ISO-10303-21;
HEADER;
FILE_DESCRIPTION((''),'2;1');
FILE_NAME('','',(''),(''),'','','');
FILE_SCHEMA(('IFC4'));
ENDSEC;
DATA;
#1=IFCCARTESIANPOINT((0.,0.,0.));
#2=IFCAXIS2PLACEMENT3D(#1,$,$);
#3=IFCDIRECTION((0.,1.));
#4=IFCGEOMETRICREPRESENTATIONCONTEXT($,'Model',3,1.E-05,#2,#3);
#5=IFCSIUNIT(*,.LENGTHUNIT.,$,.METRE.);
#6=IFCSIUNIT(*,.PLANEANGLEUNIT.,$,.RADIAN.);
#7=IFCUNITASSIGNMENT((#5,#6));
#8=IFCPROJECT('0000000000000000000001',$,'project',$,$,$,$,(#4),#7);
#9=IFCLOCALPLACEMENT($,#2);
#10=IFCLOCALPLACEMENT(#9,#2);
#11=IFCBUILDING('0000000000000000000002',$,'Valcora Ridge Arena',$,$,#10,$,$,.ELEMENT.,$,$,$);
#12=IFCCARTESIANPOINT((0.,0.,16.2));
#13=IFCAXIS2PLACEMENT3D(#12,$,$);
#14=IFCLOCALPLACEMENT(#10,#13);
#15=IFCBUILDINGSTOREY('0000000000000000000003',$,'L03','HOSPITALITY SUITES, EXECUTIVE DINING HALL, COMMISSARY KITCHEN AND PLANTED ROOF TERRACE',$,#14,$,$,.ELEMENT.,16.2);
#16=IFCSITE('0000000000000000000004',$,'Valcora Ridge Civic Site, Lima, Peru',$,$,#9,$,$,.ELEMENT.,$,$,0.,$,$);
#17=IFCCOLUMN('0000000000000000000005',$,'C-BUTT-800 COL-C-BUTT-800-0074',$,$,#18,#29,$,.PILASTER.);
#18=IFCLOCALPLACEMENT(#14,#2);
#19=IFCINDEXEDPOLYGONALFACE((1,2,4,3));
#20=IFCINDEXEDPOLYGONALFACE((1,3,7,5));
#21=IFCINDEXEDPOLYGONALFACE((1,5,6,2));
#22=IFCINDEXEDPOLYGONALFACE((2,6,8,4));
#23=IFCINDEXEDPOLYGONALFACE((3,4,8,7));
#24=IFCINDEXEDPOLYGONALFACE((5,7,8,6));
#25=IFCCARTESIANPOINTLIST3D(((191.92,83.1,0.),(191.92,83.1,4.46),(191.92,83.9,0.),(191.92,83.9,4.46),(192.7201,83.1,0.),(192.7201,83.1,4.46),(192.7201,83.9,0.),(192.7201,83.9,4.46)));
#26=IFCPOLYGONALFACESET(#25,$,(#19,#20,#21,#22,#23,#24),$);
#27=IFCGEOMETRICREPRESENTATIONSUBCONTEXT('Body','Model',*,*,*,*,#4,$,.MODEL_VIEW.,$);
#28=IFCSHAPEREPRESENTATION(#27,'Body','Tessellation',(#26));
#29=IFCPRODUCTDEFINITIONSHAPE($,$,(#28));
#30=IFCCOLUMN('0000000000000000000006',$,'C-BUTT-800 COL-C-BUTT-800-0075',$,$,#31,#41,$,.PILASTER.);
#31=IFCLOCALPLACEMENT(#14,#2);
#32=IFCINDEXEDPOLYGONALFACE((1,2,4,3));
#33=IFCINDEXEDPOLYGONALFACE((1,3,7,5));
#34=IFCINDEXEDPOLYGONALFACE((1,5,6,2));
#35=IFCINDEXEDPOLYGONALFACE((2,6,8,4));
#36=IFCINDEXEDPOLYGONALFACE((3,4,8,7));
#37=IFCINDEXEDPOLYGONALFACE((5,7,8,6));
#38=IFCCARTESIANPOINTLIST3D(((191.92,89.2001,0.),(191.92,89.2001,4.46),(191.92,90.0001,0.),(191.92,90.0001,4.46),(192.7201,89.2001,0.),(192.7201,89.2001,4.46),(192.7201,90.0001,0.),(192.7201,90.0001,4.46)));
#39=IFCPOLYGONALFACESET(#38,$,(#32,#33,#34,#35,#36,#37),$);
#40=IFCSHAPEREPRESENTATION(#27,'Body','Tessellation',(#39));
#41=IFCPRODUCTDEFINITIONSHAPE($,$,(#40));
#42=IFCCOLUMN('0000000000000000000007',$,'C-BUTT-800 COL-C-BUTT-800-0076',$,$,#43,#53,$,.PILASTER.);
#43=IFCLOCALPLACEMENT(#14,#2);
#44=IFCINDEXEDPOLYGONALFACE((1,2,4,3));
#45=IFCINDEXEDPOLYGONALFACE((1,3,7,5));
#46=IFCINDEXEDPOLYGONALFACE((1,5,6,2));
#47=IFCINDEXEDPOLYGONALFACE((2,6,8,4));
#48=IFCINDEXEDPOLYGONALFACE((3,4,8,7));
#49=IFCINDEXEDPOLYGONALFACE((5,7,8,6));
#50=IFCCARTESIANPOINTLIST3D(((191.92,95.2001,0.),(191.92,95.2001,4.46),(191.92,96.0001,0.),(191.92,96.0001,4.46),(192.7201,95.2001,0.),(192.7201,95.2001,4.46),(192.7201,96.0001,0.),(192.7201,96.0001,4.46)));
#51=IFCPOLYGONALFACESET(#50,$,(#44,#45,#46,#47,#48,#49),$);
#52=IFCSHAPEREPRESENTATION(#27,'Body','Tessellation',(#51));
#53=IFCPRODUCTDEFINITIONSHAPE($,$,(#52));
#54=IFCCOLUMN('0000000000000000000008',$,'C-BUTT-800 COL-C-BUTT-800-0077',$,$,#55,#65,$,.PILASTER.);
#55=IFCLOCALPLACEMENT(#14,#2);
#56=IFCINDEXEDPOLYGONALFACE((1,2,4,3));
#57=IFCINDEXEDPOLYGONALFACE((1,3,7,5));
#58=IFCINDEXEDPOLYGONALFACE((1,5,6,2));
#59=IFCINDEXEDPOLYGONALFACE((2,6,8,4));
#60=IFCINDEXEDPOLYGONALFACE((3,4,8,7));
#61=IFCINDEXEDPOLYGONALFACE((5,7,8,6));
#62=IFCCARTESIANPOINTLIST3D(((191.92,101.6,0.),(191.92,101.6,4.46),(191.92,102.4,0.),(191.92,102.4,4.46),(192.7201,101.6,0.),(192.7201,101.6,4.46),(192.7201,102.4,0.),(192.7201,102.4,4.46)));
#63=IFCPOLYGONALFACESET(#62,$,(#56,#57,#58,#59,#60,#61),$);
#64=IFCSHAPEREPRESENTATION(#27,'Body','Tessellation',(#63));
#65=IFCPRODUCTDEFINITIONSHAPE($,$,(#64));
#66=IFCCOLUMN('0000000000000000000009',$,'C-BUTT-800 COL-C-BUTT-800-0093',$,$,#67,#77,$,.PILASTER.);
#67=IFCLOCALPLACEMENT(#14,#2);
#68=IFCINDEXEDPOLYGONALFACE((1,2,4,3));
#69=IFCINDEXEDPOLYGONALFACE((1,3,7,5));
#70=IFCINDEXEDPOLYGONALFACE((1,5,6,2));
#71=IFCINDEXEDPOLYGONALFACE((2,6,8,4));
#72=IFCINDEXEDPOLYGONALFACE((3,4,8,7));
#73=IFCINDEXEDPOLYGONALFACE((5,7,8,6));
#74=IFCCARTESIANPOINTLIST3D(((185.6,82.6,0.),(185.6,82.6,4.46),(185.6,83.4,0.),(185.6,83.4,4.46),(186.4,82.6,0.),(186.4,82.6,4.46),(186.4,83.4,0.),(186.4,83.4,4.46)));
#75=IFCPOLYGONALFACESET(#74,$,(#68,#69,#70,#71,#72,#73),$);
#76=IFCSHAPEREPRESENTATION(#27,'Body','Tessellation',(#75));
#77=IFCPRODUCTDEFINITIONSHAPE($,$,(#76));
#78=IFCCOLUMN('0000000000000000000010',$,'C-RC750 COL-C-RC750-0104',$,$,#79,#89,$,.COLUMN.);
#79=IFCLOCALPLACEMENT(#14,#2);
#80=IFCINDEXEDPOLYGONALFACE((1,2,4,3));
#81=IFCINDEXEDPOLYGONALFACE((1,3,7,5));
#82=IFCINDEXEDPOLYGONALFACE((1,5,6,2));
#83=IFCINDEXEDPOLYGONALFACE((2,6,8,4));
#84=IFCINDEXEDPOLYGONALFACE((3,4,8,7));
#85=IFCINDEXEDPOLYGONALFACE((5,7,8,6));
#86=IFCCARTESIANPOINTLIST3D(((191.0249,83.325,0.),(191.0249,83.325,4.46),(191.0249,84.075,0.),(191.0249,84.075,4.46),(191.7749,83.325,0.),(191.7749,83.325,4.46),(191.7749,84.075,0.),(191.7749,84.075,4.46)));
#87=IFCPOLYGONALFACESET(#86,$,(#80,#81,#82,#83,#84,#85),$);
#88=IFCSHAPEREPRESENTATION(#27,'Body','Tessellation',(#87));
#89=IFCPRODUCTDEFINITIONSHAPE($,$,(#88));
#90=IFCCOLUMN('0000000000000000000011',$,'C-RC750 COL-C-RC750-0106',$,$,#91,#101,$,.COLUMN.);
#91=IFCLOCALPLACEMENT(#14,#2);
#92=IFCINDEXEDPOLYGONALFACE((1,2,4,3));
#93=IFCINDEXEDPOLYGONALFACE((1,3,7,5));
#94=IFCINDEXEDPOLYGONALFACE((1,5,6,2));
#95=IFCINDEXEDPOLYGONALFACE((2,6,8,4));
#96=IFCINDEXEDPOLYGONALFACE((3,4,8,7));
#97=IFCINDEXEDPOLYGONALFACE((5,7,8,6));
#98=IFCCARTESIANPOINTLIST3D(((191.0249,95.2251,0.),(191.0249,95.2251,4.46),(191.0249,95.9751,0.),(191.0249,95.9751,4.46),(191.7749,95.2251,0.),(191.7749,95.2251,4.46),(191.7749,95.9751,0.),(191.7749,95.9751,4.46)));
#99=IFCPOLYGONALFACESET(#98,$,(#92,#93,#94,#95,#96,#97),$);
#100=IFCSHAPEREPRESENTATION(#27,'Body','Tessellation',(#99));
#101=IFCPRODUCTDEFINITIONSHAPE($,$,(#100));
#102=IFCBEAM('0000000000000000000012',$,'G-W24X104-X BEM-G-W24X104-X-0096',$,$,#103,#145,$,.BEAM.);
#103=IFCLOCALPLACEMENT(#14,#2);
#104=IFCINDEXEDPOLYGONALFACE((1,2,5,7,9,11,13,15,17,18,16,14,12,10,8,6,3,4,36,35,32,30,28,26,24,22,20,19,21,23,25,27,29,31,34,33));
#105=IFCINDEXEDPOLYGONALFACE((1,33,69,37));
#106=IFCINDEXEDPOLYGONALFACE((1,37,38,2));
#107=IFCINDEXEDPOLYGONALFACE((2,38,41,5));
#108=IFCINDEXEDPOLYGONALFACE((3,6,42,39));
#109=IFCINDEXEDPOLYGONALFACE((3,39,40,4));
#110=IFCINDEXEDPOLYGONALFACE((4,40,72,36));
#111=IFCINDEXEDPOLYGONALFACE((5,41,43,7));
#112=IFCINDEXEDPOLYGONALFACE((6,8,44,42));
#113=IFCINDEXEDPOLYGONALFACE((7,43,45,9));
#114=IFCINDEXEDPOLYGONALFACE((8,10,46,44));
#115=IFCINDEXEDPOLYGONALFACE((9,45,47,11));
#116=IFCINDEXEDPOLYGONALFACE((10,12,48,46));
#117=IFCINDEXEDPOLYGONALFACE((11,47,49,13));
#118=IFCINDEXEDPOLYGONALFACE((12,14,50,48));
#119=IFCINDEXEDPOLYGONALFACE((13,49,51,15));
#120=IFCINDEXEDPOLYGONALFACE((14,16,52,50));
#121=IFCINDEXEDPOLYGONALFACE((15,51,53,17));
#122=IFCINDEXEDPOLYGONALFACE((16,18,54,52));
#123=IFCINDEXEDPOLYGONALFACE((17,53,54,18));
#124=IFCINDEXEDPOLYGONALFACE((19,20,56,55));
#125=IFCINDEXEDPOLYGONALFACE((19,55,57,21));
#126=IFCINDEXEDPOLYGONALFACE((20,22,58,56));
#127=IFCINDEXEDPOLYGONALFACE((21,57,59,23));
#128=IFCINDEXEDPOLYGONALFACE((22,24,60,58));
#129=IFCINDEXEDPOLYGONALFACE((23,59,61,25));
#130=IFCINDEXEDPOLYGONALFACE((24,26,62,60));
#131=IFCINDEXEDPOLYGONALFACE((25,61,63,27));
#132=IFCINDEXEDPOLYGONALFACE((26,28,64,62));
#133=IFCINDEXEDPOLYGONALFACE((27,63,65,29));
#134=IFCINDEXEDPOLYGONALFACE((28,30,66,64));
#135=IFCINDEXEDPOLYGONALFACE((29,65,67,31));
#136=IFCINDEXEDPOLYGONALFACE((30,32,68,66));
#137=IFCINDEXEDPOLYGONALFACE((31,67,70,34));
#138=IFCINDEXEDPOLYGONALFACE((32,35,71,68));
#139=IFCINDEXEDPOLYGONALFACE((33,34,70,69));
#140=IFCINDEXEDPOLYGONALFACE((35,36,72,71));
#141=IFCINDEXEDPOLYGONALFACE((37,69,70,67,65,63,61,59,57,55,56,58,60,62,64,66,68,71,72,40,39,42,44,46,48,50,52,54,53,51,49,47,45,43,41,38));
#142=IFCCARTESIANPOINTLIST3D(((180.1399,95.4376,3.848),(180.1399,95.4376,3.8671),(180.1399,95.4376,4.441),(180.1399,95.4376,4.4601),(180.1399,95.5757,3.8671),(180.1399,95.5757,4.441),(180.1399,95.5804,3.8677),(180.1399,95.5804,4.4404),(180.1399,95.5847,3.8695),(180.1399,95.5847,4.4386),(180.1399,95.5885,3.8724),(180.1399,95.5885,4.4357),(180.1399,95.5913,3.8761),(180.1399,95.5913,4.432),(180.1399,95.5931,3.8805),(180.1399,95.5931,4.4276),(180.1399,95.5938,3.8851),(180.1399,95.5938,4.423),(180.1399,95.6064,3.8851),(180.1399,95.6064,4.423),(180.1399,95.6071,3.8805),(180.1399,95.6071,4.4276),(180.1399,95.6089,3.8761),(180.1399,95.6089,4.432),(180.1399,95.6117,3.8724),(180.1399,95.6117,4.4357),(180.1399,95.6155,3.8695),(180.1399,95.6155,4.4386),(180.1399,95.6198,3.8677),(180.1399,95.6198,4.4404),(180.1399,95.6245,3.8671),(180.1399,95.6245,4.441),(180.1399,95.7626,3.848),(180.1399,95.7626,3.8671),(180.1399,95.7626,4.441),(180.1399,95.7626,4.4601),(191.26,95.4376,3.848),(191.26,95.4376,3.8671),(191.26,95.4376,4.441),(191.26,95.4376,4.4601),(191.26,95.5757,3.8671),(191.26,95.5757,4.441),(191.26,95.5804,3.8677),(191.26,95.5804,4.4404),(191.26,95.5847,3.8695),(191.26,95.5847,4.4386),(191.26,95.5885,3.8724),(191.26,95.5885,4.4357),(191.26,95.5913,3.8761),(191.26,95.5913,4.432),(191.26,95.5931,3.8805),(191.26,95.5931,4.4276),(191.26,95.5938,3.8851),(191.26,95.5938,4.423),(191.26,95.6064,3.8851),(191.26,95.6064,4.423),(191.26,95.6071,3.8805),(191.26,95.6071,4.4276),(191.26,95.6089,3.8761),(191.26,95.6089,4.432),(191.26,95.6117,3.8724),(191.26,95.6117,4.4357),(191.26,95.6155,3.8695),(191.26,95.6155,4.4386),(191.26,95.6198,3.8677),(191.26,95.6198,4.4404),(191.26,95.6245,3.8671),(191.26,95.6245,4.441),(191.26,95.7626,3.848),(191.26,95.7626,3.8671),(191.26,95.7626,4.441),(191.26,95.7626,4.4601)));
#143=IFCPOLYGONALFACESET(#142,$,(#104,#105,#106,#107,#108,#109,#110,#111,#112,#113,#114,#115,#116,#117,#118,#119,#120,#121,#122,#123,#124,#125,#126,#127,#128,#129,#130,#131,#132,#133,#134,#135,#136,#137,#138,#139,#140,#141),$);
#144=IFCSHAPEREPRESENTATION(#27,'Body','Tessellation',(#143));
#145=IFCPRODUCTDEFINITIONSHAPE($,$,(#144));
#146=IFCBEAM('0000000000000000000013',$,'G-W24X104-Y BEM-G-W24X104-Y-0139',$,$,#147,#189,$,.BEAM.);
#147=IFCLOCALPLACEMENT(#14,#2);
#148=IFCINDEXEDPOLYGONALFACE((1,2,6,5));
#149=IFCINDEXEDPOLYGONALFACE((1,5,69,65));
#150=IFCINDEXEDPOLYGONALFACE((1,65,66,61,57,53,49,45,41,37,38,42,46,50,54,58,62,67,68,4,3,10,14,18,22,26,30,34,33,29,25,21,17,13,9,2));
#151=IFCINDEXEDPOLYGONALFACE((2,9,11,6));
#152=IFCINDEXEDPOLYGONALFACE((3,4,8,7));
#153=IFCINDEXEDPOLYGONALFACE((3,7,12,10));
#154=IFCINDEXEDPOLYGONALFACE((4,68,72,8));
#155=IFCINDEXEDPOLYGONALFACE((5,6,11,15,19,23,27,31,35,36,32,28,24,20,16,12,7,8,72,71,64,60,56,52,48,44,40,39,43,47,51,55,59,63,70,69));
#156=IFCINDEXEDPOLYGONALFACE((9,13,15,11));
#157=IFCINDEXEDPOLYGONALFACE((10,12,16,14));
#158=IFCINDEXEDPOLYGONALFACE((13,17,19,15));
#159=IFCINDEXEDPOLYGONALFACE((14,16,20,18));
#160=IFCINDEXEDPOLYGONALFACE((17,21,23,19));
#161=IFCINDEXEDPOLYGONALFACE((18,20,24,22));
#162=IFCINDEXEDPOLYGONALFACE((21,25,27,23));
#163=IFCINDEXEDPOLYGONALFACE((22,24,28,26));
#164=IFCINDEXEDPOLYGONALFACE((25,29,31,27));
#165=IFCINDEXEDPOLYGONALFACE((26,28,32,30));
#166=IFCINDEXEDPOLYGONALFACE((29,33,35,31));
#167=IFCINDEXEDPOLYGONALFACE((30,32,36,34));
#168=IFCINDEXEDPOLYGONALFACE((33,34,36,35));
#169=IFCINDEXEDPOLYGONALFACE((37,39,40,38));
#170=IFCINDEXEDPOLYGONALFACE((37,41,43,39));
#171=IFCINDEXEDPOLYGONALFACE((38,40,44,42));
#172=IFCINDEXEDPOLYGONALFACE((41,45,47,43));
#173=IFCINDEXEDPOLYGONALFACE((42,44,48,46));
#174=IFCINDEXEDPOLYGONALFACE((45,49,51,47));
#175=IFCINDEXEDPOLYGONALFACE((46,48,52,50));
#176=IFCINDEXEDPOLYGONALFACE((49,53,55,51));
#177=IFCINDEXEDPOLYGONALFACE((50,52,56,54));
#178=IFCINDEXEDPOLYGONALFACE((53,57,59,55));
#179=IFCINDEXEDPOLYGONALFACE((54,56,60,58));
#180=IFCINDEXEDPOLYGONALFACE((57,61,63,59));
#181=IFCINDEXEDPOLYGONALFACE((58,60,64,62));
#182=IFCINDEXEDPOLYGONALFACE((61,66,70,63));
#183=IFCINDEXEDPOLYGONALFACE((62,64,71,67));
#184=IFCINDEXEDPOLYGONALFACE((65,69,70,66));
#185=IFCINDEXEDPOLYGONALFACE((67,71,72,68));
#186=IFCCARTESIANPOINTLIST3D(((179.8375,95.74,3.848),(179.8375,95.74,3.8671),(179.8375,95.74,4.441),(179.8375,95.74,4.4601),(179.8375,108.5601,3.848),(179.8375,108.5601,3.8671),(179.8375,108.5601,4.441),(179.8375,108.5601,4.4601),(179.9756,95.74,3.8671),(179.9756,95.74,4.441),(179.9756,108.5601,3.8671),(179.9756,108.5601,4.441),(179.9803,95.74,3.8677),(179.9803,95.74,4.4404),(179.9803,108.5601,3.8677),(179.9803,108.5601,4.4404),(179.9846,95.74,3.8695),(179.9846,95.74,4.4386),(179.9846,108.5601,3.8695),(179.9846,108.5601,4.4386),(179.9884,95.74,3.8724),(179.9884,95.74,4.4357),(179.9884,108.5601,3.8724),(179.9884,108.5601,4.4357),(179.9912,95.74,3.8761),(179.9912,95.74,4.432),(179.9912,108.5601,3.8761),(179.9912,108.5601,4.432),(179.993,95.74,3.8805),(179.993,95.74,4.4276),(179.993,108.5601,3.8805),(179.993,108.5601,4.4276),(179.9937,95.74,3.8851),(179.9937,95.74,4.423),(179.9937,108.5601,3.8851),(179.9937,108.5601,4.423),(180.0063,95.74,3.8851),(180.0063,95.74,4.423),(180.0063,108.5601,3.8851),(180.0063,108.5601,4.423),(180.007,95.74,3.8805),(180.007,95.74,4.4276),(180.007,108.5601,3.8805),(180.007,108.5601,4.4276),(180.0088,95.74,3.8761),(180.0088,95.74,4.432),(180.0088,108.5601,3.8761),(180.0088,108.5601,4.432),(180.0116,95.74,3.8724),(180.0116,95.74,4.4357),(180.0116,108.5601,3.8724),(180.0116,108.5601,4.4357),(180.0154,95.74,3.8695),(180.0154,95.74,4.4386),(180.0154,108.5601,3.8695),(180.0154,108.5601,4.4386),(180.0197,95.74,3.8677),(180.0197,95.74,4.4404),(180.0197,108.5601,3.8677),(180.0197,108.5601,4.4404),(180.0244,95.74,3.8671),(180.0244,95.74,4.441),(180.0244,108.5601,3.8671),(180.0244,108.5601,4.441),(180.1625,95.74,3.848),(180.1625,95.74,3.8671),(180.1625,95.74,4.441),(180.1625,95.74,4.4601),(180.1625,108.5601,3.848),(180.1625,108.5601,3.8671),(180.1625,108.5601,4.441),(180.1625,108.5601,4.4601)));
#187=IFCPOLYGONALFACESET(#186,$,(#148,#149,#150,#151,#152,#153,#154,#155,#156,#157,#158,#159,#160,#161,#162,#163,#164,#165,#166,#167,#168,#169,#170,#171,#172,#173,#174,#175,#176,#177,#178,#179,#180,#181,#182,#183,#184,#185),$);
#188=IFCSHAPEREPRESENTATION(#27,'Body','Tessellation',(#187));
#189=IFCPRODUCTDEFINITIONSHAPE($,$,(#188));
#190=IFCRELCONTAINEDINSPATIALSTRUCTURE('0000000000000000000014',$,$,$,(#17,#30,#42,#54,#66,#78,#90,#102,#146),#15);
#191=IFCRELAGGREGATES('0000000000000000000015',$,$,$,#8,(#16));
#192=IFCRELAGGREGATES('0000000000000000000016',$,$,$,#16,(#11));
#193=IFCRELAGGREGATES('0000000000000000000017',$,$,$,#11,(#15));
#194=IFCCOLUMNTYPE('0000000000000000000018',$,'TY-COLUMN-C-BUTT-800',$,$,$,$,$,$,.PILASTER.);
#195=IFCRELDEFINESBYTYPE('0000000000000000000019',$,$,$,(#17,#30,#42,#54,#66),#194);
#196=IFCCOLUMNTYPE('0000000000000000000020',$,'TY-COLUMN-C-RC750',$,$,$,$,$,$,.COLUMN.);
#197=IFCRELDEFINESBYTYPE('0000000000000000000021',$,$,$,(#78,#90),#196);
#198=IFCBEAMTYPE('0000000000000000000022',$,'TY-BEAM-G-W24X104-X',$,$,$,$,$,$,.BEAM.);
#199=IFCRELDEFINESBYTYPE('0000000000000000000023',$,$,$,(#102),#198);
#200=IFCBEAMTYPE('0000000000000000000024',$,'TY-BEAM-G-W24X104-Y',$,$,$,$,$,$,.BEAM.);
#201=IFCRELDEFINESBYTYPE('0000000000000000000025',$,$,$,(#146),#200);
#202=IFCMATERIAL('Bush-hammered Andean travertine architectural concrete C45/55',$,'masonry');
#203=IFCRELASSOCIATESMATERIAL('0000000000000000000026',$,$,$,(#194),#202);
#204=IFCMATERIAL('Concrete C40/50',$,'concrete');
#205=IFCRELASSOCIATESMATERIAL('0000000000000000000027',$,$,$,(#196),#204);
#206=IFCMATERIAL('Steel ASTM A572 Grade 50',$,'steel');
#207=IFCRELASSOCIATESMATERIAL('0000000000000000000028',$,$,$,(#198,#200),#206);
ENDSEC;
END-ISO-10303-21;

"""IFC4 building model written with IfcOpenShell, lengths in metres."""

from ifc_helpers import new_model, si_unit, direction, frame, origin, origin_2d, place, context, subcontext, project, spatial, rectangle, i_section, extrude, material, material_profile, profile_set, type_object, element, save


model = new_model("IFC4")

# Units and contexts
model_context = context("Model", 3, precision=1e-05, world=origin(), true_north=direction((0.0, 1.0)))
body_context = subcontext(model_context, "Body", "Model", "MODEL_VIEW")
ifc_project = project(units=[si_unit("LENGTHUNIT", "METRE"), si_unit("PLANEANGLEUNIT", "RADIAN")], contexts=[model_context])

# Site, building, storey
site_placement = place(None, origin())
site = spatial("IfcSite", under=ifc_project, at=site_placement, Name="Valcora Ridge Civic Site, Lima, Peru", CompositionType="ELEMENT", RefElevation=0.0)
building_placement = place(site_placement, origin())
building = spatial("IfcBuilding", under=site, at=building_placement, Name="Valcora Ridge Arena", CompositionType="ELEMENT")
storey_placement = place(building_placement, frame((0.0, 0.0, 16.2)))
storey = spatial("IfcBuildingStorey", under=building, at=storey_placement, Name="L03", Description="HOSPITALITY SUITES, EXECUTIVE DINING HALL, COMMISSARY KITCHEN AND PLANTED ROOF TERRACE", CompositionType="ELEMENT", Elevation=16.2)

# Columns
ifc_material_1 = material(Name="Bush-hammered Andean travertine architectural concrete C45/55", Category="masonry")
ifc_material_profile_1 = material_profile(ifc_material_1, rectangle(XDim=0.8, YDim=0.8, at=origin_2d()), Name="RC 800x800")
ifc_profile_set_1 = profile_set([ifc_material_profile_1], Name="Bush-hammered Andean travertine architectural concrete C45/55")
column_type_1 = type_object("IfcColumnType", Name="TY-COLUMN-C-BUTT-800", PredefinedType="PILASTER", material=ifc_profile_set_1)
for number, where, z_axis, x_axis, name in (
    (1, (192.3201, 83.5, 0.0), (0.0, 0.0, 1.0), (1.0, 0.0, 0.0), "C-BUTT-800 COL-C-BUTT-800-0074"),
    (2, (192.3201, 89.6001, 0.0), (0.0, 0.0, 1.0), (1.0, 0.0, 0.0), "C-BUTT-800 COL-C-BUTT-800-0075"),
    (3, (192.3201, 95.6001, 0.0), (0.0, 0.0, 1.0), (1.0, 0.0, 0.0), "C-BUTT-800 COL-C-BUTT-800-0076"),
    (4, (192.3201, 102.0, 0.0), (0.0, 0.0, 1.0), (1.0, 0.0, 0.0), "C-BUTT-800 COL-C-BUTT-800-0077"),
    (5, (186.0, 83.0, 0.0), (0.0, 0.0, 1.0), (1.0, 0.0, 0.0), "C-BUTT-800 COL-C-BUTT-800-0093"),
):
    element("IfcColumn", number, at=place(storey_placement, frame(where, z_axis=z_axis, x_axis=x_axis)), inside=storey, type_object=column_type_1, Name=name, PredefinedType="PILASTER", context=body_context, shape_type="SweptSolid", body=[
        extrude(rectangle(XDim=0.8, YDim=0.8, at=origin_2d()), origin(), (0.0, 0.0, 1.0), 4.46),
    ])
ifc_material_2 = material(Name="Concrete C40/50", Category="concrete")
ifc_material_profile_2 = material_profile(ifc_material_2, rectangle(XDim=0.75, YDim=0.75, at=origin_2d()), Name="RC 750x750")
ifc_profile_set_2 = profile_set([ifc_material_profile_2], Name="Concrete C40/50")
column_type_2 = type_object("IfcColumnType", Name="TY-COLUMN-C-RC750", PredefinedType="COLUMN", material=ifc_profile_set_2)
for number, where, z_axis, x_axis, name in (
    (6, (191.3999, 83.7, 0.0), (0.0, 0.0, 1.0), (1.0, 0.0, 0.0), "C-RC750 COL-C-RC750-0104"),
    (7, (191.3999, 95.6001, 0.0), (0.0, 0.0, 1.0), (1.0, 0.0, 0.0), "C-RC750 COL-C-RC750-0106"),
):
    element("IfcColumn", number, at=place(storey_placement, frame(where, z_axis=z_axis, x_axis=x_axis)), inside=storey, type_object=column_type_2, Name=name, PredefinedType="COLUMN", context=body_context, shape_type="SweptSolid", body=[
        extrude(rectangle(XDim=0.75, YDim=0.75, at=origin_2d()), origin(), (0.0, 0.0, 1.0), 4.46),
    ])

# Beams
ifc_material_3 = material(Name="Steel ASTM A572 Grade 50", Category="steel")
ifc_material_profile_3 = material_profile(ifc_material_3, i_section(OverallWidth=0.325, OverallDepth=0.6121, WebThickness=0.0127, FlangeThickness=0.019, FilletRadius=0.0181, at=origin_2d()), Name="W24X104")
ifc_profile_set_3 = profile_set([ifc_material_profile_3], Name="Steel ASTM A572 Grade 50")
beam_type_1 = type_object("IfcBeamType", Name="TY-BEAM-G-W24X104-X", PredefinedType="BEAM", material=ifc_profile_set_3)
beam_1_placement = place(storey_placement, frame((180.1399, 95.6001, 4.1541), z_axis=(1.0, 0.0, 0.0), x_axis=(0.0, 1.0, 0.0)))
element("IfcBeam", 8, at=beam_1_placement, inside=storey, type_object=beam_type_1, Name="G-W24X104-X BEM-G-W24X104-X-0096", PredefinedType="BEAM", context=body_context, shape_type="SweptSolid", body=[
    extrude(i_section(OverallWidth=0.325, OverallDepth=0.6121, WebThickness=0.0127, FlangeThickness=0.019, FilletRadius=0.0181, at=origin_2d()), origin(), (0.0, 0.0, 1.0), 11.1201),
])
ifc_material_profile_4 = material_profile(ifc_material_3, i_section(OverallWidth=0.325, OverallDepth=0.6121, WebThickness=0.0127, FlangeThickness=0.019, FilletRadius=0.0181, at=origin_2d()), Name="W24X104")
ifc_profile_set_4 = profile_set([ifc_material_profile_4], Name="Steel ASTM A572 Grade 50")
beam_type_2 = type_object("IfcBeamType", Name="TY-BEAM-G-W24X104-Y", PredefinedType="BEAM", material=ifc_profile_set_4)
beam_2_placement = place(storey_placement, frame((180.0, 95.74, 4.1541), z_axis=(0.0, 1.0, 0.0), x_axis=(-1.0, 0.0, 0.0)))
element("IfcBeam", 9, at=beam_2_placement, inside=storey, type_object=beam_type_2, Name="G-W24X104-Y BEM-G-W24X104-Y-0139", PredefinedType="BEAM", context=body_context, shape_type="SweptSolid", body=[
    extrude(i_section(OverallWidth=0.325, OverallDepth=0.6121, WebThickness=0.0127, FlangeThickness=0.019, FilletRadius=0.0181, at=origin_2d()), origin(), (0.0, 0.0, 1.0), 12.8201),
])

save(model, "model.ifc")
